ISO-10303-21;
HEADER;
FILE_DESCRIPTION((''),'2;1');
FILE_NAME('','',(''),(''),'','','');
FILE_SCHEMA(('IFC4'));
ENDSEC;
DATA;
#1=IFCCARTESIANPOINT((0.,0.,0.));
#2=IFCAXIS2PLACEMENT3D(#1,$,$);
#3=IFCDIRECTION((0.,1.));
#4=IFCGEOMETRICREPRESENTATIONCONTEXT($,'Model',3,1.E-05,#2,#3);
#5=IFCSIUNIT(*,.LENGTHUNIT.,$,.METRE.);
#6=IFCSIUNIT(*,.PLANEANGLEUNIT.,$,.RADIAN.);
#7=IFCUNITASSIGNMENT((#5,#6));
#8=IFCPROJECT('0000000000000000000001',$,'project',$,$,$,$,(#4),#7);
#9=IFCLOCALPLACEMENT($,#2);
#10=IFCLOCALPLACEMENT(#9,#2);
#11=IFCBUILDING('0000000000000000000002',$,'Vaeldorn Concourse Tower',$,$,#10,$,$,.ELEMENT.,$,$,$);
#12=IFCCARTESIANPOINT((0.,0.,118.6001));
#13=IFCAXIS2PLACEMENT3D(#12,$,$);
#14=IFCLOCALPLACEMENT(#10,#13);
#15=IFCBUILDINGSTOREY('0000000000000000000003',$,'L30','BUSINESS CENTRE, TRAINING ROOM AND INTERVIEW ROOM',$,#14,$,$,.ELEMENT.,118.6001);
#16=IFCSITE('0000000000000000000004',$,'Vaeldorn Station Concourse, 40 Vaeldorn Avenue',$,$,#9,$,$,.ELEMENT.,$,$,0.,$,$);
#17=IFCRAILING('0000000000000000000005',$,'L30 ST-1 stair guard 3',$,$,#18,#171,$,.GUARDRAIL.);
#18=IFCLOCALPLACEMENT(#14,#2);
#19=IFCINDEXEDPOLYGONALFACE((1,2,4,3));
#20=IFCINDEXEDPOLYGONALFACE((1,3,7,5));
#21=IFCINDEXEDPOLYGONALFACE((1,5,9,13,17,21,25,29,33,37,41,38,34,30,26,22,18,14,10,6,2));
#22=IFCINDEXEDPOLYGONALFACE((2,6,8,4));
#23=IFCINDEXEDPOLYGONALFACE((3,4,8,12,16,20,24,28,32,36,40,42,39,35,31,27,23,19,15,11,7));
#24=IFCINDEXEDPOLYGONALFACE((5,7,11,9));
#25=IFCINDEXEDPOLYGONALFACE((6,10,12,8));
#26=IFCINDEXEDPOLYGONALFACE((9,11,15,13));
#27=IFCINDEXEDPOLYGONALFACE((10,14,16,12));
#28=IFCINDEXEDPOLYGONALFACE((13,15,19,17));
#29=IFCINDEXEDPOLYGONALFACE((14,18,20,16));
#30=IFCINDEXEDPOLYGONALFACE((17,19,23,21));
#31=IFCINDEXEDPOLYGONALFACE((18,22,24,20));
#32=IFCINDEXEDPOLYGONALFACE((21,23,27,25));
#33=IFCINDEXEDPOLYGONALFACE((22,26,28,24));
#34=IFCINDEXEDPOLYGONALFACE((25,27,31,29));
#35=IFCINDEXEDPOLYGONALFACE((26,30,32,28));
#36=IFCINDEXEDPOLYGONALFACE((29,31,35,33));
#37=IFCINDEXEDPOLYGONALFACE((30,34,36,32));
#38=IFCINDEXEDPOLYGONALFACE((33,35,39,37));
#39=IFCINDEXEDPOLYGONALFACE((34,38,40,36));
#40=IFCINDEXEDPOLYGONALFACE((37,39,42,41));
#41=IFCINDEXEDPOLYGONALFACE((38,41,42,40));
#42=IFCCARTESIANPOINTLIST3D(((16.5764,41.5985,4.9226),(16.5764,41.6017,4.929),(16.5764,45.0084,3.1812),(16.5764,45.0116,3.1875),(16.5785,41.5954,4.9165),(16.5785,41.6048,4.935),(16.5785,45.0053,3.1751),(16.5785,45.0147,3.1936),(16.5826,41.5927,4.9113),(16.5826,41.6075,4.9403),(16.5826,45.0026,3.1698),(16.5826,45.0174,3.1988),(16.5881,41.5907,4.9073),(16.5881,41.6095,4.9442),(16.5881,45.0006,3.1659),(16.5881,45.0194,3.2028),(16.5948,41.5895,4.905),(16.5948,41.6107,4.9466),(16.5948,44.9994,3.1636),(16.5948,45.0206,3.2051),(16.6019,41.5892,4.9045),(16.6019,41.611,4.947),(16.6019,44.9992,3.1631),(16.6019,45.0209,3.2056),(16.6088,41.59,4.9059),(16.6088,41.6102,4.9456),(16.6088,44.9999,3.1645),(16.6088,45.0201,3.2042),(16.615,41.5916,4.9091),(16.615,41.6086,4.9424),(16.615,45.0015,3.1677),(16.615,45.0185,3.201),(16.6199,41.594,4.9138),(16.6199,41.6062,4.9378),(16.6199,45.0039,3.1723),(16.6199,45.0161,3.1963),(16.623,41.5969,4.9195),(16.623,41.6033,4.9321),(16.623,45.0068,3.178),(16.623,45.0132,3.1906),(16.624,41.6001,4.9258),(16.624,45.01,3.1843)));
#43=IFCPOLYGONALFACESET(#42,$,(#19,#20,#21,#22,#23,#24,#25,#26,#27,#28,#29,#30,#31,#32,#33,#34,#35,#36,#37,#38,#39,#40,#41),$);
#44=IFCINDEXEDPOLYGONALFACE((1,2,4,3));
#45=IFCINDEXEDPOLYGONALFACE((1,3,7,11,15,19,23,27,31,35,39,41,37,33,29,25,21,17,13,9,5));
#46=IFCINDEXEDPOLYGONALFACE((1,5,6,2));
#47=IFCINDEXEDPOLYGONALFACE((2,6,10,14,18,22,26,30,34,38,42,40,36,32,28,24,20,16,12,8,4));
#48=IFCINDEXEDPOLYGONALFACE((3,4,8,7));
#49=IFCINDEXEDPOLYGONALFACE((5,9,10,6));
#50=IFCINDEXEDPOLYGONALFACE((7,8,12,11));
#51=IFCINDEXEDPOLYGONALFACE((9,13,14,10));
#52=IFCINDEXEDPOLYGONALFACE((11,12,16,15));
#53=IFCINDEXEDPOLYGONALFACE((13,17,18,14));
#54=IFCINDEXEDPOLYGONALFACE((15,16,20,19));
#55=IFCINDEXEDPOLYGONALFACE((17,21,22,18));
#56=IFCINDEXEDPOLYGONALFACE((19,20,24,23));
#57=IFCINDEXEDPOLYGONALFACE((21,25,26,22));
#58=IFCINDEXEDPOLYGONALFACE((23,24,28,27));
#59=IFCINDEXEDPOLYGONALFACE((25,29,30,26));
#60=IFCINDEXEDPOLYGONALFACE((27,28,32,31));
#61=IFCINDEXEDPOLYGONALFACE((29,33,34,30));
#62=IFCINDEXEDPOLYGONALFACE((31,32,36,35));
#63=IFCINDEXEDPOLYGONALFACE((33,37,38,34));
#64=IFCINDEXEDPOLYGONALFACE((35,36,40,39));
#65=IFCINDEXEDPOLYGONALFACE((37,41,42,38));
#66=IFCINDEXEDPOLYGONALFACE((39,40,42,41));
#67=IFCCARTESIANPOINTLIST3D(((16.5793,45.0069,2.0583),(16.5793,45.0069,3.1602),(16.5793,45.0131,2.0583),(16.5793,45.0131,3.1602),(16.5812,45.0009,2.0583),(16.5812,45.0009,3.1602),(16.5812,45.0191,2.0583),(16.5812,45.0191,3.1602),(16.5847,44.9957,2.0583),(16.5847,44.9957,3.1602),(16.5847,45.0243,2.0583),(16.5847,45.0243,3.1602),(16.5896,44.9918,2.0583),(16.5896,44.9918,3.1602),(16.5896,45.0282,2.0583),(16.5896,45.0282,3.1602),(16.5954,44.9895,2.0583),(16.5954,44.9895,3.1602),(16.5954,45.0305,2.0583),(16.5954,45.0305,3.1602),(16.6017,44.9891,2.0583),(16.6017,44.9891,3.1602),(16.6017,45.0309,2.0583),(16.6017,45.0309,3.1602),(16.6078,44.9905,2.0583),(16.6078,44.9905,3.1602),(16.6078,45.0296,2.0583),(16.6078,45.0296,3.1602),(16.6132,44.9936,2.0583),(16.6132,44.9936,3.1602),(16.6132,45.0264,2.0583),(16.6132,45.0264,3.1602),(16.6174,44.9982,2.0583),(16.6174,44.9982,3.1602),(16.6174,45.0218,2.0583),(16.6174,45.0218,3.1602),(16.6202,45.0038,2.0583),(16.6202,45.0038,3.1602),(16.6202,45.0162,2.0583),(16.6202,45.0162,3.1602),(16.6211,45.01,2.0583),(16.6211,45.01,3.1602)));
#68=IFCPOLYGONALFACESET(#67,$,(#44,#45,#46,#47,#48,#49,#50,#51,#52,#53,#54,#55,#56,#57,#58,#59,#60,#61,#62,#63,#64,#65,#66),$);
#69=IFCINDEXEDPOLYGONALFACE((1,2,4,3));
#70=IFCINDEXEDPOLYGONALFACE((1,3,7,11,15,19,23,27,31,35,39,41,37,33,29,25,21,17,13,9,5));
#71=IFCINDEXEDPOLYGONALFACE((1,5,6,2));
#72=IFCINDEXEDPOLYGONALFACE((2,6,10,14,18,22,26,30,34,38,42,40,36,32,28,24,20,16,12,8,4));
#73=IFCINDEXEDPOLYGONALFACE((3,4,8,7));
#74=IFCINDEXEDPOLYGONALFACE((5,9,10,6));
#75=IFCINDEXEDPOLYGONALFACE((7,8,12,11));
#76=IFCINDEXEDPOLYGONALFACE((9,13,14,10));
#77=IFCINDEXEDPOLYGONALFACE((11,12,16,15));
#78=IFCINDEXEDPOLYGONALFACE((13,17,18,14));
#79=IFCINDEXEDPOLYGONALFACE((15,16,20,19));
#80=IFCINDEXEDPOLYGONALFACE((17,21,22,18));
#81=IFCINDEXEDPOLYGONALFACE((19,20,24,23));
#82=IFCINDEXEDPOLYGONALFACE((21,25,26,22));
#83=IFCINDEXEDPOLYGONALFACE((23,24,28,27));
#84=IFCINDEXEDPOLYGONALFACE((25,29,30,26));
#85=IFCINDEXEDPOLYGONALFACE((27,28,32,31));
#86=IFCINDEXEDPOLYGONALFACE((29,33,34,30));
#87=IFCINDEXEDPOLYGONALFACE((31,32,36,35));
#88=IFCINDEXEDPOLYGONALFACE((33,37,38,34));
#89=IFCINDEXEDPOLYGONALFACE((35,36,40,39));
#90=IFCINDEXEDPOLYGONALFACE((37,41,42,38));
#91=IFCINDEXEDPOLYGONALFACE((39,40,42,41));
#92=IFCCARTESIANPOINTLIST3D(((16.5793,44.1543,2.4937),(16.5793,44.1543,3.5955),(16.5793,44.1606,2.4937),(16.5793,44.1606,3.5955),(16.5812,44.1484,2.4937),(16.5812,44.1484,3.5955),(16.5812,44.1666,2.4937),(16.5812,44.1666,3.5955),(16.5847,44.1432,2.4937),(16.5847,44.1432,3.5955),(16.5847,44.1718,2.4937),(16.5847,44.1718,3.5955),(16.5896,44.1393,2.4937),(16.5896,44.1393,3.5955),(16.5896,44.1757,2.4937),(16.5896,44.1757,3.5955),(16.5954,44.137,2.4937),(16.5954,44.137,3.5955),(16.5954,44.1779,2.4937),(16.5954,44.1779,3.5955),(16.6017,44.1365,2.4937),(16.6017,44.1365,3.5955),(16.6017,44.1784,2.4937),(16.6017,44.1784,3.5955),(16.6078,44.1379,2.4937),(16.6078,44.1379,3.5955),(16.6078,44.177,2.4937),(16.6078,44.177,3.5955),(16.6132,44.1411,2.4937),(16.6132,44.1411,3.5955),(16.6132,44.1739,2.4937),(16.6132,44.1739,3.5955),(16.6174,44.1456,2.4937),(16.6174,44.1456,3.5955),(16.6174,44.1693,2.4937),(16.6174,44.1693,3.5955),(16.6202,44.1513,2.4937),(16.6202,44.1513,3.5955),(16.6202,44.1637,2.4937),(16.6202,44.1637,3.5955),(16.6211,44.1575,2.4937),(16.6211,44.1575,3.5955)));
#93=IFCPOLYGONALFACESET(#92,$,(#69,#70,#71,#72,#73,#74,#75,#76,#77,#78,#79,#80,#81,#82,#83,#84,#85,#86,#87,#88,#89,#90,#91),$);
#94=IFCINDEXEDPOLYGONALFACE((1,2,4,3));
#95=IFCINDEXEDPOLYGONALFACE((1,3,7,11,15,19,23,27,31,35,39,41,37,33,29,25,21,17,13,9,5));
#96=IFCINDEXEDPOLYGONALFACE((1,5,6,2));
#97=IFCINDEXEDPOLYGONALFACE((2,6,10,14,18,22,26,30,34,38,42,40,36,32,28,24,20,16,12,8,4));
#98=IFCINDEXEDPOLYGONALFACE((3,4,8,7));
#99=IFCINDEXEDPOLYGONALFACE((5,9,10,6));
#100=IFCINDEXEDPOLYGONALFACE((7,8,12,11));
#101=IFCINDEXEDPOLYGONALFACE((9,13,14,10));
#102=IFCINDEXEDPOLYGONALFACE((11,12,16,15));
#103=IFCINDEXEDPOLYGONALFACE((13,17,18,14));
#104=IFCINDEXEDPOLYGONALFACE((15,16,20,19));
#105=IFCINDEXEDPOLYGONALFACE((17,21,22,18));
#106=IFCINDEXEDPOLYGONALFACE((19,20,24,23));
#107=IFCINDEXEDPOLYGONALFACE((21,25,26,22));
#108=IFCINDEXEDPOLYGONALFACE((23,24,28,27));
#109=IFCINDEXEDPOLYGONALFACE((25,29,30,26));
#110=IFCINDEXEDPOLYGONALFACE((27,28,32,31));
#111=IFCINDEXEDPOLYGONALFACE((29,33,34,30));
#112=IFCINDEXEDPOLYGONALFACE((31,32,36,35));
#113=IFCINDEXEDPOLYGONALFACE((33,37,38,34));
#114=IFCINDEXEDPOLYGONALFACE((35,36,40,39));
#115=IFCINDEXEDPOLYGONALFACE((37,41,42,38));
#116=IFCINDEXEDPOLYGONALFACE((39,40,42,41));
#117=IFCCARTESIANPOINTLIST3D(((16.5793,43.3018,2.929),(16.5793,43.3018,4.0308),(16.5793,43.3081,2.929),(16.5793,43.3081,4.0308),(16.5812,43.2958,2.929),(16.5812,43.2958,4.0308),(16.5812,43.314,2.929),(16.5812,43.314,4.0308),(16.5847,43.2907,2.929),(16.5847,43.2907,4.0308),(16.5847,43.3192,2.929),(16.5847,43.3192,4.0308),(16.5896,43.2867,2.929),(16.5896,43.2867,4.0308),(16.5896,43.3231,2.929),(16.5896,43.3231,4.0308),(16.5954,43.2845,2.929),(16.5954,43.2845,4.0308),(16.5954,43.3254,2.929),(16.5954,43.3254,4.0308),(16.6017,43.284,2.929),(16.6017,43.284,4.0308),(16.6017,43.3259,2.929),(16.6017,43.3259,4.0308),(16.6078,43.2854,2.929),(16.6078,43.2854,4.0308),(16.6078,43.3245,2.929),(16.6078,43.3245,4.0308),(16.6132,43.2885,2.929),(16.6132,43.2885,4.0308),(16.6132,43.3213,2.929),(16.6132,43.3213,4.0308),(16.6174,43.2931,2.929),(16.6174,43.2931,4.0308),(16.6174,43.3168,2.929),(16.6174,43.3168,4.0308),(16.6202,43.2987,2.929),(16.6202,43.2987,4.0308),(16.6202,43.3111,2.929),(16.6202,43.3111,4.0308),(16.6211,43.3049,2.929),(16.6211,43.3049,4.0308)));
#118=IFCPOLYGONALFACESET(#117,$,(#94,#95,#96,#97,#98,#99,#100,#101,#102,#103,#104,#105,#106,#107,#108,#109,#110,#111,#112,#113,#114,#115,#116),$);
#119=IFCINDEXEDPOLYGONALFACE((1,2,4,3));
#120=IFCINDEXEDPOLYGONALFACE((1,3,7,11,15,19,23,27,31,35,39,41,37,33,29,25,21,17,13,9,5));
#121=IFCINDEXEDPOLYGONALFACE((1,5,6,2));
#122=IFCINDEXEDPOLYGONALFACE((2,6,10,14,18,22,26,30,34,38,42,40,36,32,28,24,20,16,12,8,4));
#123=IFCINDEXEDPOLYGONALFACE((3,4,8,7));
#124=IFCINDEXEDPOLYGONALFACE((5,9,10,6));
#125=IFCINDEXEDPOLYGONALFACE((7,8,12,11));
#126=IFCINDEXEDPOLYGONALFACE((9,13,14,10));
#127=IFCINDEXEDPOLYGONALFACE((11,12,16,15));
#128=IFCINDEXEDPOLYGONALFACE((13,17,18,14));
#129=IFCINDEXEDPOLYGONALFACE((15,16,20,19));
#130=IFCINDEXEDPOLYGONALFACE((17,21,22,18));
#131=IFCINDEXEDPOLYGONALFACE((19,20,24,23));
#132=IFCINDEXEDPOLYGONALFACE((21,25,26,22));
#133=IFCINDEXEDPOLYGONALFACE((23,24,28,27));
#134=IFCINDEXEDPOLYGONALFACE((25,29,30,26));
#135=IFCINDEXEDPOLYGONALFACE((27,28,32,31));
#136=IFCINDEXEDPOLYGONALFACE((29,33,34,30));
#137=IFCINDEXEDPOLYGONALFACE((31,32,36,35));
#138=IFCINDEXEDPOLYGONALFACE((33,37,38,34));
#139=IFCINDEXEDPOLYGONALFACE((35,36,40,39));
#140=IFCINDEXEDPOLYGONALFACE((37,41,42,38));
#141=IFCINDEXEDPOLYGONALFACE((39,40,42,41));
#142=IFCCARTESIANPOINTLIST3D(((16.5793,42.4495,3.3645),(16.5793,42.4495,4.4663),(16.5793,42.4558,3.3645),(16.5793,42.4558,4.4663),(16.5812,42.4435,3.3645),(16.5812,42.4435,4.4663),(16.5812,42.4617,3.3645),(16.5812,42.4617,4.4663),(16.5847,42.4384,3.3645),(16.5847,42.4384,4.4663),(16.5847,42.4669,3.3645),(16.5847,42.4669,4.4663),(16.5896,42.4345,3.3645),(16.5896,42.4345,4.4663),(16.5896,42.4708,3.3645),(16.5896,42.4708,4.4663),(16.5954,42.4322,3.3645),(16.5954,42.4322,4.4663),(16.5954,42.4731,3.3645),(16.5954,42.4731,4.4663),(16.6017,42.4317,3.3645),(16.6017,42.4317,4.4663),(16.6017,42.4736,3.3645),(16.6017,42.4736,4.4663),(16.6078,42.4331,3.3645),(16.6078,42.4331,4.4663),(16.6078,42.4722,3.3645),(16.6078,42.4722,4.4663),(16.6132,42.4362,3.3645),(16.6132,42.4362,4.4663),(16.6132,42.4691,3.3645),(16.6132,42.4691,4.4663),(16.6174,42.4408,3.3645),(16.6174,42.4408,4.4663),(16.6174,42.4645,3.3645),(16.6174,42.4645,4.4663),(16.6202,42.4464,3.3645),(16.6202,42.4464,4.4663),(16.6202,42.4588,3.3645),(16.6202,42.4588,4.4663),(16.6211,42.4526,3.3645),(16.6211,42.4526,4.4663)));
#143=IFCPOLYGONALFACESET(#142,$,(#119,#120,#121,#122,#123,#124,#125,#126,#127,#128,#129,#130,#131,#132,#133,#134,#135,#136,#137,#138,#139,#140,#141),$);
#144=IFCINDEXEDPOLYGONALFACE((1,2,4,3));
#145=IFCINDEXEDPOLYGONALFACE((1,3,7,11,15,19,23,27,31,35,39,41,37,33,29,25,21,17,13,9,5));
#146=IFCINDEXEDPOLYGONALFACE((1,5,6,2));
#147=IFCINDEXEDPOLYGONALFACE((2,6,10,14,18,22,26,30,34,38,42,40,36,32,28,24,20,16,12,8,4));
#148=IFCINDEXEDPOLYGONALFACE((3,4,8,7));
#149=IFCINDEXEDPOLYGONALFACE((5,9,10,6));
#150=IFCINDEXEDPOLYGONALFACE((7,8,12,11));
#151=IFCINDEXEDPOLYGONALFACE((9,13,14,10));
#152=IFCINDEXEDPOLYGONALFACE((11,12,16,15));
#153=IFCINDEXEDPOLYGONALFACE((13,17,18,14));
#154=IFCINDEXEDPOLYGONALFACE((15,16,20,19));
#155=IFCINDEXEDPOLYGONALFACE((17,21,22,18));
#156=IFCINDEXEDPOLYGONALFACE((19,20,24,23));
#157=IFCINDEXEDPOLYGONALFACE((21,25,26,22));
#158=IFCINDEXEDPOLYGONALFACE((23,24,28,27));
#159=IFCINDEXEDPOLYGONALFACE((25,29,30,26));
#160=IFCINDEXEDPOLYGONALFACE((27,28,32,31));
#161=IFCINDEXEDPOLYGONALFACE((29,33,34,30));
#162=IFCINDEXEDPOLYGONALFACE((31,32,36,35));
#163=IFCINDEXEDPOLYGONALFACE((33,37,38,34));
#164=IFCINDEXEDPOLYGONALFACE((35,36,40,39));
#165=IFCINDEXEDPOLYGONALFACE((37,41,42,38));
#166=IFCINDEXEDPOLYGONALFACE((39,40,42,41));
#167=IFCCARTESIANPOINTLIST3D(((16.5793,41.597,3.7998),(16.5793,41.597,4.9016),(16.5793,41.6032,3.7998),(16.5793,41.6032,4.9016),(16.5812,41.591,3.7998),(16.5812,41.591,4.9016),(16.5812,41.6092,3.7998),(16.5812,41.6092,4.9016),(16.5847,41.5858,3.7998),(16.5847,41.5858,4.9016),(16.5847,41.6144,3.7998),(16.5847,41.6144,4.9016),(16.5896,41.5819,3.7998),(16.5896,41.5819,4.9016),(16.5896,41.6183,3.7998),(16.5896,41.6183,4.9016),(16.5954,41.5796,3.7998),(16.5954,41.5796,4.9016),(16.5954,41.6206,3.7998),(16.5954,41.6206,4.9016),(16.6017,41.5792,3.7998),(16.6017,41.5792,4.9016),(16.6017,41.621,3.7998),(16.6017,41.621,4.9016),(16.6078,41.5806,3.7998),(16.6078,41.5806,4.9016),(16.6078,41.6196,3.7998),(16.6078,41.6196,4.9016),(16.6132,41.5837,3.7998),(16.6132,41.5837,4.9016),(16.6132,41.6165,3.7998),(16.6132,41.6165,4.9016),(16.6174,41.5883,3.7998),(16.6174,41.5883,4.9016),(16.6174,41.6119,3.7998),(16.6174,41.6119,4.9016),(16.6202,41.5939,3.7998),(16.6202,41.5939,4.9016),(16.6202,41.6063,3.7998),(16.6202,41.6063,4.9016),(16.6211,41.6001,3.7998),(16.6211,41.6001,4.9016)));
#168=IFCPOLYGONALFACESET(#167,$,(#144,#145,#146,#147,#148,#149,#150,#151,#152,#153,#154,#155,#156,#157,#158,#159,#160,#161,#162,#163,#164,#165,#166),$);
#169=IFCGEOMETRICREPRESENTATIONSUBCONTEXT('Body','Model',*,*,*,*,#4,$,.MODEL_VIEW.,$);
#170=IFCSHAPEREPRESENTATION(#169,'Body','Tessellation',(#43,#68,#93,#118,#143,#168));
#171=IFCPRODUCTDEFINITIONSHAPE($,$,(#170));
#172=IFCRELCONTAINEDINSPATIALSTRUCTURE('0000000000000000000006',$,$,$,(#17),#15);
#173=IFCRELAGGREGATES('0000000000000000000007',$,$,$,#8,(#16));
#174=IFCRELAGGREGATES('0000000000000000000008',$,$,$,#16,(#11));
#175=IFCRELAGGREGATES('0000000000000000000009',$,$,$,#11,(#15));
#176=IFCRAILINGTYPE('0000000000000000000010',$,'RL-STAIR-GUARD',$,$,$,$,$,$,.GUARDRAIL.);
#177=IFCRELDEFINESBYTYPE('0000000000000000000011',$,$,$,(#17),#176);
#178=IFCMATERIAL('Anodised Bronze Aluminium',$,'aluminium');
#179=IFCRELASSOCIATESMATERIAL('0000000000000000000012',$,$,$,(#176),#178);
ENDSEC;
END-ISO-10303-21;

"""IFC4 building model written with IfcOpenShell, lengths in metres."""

from ifc_helpers import new_model, si_unit, direction, frame, origin, origin_2d, place, context, subcontext, project, spatial, circle, extrude, material, type_object, element, save


model = new_model("IFC4")

# Units and contexts
model_context = context("Model", 3, precision=1e-05, world=origin(), true_north=direction((0.0, 1.0)))
body_context = subcontext(model_context, "Body", "Model", "MODEL_VIEW")
ifc_project = project(units=[si_unit("LENGTHUNIT", "METRE"), si_unit("PLANEANGLEUNIT", "RADIAN")], contexts=[model_context])

# Site, building, storey
site_placement = place(None, origin())
site = spatial("IfcSite", under=ifc_project, at=site_placement, Name="Vaeldorn Station Concourse, 40 Vaeldorn Avenue", CompositionType="ELEMENT", RefElevation=0.0)
building_placement = place(site_placement, origin())
building = spatial("IfcBuilding", under=site, at=building_placement, Name="Vaeldorn Concourse Tower", CompositionType="ELEMENT")
storey_placement = place(building_placement, frame((0.0, 0.0, 118.6001)))
storey = spatial("IfcBuildingStorey", under=building, at=storey_placement, Name="L30", Description="BUSINESS CENTRE, TRAINING ROOM AND INTERVIEW ROOM", CompositionType="ELEMENT", Elevation=118.6001)

# Shared definitions
ifc_material_1 = material(Name="Anodised Bronze Aluminium", Category="aluminium")

# Railing
railing_type_1 = type_object("IfcRailingType", Name="RL-STAIR-GUARD", PredefinedType="GUARDRAIL", material=ifc_material_1)
railing_1_placement = place(storey_placement, frame((16.6001, 45.01, 2.0583)))
element("IfcRailing", 1, at=railing_1_placement, inside=storey, type_object=railing_type_1, Name="L30 ST-1 stair guard 3", PredefinedType="GUARDRAIL", context=body_context, shape_type="SweptSolid", body=[
    extrude(circle(Radius=0.0239, at=origin_2d()), frame((0.0, 0.0, 1.126), z_axis=(0.0, -0.890582, 0.454823), x_axis=(1.0, 0.0, 0.0)), (0.0, 0.0, 1.0), 3.8289),
    extrude(circle(Radius=0.021, at=origin_2d()), origin(), (0.0, 0.0, 1.0), 1.1018),
    extrude(circle(Radius=0.021, at=origin_2d()), frame((0.0, -0.8525, 0.4353)), (0.0, 0.0, 1.0), 1.1018),
    extrude(circle(Radius=0.021, at=origin_2d()), frame((0.0, -1.7051, 0.8706)), (0.0, 0.0, 1.0), 1.1018),
    extrude(circle(Radius=0.021, at=origin_2d()), frame((0.0, -2.5574, 1.3062)), (0.0, 0.0, 1.0), 1.1018),
    extrude(circle(Radius=0.021, at=origin_2d()), frame((0.0, -3.4099, 1.7415)), (0.0, 0.0, 1.0), 1.1018),
])

save(model, "model.ifc")
